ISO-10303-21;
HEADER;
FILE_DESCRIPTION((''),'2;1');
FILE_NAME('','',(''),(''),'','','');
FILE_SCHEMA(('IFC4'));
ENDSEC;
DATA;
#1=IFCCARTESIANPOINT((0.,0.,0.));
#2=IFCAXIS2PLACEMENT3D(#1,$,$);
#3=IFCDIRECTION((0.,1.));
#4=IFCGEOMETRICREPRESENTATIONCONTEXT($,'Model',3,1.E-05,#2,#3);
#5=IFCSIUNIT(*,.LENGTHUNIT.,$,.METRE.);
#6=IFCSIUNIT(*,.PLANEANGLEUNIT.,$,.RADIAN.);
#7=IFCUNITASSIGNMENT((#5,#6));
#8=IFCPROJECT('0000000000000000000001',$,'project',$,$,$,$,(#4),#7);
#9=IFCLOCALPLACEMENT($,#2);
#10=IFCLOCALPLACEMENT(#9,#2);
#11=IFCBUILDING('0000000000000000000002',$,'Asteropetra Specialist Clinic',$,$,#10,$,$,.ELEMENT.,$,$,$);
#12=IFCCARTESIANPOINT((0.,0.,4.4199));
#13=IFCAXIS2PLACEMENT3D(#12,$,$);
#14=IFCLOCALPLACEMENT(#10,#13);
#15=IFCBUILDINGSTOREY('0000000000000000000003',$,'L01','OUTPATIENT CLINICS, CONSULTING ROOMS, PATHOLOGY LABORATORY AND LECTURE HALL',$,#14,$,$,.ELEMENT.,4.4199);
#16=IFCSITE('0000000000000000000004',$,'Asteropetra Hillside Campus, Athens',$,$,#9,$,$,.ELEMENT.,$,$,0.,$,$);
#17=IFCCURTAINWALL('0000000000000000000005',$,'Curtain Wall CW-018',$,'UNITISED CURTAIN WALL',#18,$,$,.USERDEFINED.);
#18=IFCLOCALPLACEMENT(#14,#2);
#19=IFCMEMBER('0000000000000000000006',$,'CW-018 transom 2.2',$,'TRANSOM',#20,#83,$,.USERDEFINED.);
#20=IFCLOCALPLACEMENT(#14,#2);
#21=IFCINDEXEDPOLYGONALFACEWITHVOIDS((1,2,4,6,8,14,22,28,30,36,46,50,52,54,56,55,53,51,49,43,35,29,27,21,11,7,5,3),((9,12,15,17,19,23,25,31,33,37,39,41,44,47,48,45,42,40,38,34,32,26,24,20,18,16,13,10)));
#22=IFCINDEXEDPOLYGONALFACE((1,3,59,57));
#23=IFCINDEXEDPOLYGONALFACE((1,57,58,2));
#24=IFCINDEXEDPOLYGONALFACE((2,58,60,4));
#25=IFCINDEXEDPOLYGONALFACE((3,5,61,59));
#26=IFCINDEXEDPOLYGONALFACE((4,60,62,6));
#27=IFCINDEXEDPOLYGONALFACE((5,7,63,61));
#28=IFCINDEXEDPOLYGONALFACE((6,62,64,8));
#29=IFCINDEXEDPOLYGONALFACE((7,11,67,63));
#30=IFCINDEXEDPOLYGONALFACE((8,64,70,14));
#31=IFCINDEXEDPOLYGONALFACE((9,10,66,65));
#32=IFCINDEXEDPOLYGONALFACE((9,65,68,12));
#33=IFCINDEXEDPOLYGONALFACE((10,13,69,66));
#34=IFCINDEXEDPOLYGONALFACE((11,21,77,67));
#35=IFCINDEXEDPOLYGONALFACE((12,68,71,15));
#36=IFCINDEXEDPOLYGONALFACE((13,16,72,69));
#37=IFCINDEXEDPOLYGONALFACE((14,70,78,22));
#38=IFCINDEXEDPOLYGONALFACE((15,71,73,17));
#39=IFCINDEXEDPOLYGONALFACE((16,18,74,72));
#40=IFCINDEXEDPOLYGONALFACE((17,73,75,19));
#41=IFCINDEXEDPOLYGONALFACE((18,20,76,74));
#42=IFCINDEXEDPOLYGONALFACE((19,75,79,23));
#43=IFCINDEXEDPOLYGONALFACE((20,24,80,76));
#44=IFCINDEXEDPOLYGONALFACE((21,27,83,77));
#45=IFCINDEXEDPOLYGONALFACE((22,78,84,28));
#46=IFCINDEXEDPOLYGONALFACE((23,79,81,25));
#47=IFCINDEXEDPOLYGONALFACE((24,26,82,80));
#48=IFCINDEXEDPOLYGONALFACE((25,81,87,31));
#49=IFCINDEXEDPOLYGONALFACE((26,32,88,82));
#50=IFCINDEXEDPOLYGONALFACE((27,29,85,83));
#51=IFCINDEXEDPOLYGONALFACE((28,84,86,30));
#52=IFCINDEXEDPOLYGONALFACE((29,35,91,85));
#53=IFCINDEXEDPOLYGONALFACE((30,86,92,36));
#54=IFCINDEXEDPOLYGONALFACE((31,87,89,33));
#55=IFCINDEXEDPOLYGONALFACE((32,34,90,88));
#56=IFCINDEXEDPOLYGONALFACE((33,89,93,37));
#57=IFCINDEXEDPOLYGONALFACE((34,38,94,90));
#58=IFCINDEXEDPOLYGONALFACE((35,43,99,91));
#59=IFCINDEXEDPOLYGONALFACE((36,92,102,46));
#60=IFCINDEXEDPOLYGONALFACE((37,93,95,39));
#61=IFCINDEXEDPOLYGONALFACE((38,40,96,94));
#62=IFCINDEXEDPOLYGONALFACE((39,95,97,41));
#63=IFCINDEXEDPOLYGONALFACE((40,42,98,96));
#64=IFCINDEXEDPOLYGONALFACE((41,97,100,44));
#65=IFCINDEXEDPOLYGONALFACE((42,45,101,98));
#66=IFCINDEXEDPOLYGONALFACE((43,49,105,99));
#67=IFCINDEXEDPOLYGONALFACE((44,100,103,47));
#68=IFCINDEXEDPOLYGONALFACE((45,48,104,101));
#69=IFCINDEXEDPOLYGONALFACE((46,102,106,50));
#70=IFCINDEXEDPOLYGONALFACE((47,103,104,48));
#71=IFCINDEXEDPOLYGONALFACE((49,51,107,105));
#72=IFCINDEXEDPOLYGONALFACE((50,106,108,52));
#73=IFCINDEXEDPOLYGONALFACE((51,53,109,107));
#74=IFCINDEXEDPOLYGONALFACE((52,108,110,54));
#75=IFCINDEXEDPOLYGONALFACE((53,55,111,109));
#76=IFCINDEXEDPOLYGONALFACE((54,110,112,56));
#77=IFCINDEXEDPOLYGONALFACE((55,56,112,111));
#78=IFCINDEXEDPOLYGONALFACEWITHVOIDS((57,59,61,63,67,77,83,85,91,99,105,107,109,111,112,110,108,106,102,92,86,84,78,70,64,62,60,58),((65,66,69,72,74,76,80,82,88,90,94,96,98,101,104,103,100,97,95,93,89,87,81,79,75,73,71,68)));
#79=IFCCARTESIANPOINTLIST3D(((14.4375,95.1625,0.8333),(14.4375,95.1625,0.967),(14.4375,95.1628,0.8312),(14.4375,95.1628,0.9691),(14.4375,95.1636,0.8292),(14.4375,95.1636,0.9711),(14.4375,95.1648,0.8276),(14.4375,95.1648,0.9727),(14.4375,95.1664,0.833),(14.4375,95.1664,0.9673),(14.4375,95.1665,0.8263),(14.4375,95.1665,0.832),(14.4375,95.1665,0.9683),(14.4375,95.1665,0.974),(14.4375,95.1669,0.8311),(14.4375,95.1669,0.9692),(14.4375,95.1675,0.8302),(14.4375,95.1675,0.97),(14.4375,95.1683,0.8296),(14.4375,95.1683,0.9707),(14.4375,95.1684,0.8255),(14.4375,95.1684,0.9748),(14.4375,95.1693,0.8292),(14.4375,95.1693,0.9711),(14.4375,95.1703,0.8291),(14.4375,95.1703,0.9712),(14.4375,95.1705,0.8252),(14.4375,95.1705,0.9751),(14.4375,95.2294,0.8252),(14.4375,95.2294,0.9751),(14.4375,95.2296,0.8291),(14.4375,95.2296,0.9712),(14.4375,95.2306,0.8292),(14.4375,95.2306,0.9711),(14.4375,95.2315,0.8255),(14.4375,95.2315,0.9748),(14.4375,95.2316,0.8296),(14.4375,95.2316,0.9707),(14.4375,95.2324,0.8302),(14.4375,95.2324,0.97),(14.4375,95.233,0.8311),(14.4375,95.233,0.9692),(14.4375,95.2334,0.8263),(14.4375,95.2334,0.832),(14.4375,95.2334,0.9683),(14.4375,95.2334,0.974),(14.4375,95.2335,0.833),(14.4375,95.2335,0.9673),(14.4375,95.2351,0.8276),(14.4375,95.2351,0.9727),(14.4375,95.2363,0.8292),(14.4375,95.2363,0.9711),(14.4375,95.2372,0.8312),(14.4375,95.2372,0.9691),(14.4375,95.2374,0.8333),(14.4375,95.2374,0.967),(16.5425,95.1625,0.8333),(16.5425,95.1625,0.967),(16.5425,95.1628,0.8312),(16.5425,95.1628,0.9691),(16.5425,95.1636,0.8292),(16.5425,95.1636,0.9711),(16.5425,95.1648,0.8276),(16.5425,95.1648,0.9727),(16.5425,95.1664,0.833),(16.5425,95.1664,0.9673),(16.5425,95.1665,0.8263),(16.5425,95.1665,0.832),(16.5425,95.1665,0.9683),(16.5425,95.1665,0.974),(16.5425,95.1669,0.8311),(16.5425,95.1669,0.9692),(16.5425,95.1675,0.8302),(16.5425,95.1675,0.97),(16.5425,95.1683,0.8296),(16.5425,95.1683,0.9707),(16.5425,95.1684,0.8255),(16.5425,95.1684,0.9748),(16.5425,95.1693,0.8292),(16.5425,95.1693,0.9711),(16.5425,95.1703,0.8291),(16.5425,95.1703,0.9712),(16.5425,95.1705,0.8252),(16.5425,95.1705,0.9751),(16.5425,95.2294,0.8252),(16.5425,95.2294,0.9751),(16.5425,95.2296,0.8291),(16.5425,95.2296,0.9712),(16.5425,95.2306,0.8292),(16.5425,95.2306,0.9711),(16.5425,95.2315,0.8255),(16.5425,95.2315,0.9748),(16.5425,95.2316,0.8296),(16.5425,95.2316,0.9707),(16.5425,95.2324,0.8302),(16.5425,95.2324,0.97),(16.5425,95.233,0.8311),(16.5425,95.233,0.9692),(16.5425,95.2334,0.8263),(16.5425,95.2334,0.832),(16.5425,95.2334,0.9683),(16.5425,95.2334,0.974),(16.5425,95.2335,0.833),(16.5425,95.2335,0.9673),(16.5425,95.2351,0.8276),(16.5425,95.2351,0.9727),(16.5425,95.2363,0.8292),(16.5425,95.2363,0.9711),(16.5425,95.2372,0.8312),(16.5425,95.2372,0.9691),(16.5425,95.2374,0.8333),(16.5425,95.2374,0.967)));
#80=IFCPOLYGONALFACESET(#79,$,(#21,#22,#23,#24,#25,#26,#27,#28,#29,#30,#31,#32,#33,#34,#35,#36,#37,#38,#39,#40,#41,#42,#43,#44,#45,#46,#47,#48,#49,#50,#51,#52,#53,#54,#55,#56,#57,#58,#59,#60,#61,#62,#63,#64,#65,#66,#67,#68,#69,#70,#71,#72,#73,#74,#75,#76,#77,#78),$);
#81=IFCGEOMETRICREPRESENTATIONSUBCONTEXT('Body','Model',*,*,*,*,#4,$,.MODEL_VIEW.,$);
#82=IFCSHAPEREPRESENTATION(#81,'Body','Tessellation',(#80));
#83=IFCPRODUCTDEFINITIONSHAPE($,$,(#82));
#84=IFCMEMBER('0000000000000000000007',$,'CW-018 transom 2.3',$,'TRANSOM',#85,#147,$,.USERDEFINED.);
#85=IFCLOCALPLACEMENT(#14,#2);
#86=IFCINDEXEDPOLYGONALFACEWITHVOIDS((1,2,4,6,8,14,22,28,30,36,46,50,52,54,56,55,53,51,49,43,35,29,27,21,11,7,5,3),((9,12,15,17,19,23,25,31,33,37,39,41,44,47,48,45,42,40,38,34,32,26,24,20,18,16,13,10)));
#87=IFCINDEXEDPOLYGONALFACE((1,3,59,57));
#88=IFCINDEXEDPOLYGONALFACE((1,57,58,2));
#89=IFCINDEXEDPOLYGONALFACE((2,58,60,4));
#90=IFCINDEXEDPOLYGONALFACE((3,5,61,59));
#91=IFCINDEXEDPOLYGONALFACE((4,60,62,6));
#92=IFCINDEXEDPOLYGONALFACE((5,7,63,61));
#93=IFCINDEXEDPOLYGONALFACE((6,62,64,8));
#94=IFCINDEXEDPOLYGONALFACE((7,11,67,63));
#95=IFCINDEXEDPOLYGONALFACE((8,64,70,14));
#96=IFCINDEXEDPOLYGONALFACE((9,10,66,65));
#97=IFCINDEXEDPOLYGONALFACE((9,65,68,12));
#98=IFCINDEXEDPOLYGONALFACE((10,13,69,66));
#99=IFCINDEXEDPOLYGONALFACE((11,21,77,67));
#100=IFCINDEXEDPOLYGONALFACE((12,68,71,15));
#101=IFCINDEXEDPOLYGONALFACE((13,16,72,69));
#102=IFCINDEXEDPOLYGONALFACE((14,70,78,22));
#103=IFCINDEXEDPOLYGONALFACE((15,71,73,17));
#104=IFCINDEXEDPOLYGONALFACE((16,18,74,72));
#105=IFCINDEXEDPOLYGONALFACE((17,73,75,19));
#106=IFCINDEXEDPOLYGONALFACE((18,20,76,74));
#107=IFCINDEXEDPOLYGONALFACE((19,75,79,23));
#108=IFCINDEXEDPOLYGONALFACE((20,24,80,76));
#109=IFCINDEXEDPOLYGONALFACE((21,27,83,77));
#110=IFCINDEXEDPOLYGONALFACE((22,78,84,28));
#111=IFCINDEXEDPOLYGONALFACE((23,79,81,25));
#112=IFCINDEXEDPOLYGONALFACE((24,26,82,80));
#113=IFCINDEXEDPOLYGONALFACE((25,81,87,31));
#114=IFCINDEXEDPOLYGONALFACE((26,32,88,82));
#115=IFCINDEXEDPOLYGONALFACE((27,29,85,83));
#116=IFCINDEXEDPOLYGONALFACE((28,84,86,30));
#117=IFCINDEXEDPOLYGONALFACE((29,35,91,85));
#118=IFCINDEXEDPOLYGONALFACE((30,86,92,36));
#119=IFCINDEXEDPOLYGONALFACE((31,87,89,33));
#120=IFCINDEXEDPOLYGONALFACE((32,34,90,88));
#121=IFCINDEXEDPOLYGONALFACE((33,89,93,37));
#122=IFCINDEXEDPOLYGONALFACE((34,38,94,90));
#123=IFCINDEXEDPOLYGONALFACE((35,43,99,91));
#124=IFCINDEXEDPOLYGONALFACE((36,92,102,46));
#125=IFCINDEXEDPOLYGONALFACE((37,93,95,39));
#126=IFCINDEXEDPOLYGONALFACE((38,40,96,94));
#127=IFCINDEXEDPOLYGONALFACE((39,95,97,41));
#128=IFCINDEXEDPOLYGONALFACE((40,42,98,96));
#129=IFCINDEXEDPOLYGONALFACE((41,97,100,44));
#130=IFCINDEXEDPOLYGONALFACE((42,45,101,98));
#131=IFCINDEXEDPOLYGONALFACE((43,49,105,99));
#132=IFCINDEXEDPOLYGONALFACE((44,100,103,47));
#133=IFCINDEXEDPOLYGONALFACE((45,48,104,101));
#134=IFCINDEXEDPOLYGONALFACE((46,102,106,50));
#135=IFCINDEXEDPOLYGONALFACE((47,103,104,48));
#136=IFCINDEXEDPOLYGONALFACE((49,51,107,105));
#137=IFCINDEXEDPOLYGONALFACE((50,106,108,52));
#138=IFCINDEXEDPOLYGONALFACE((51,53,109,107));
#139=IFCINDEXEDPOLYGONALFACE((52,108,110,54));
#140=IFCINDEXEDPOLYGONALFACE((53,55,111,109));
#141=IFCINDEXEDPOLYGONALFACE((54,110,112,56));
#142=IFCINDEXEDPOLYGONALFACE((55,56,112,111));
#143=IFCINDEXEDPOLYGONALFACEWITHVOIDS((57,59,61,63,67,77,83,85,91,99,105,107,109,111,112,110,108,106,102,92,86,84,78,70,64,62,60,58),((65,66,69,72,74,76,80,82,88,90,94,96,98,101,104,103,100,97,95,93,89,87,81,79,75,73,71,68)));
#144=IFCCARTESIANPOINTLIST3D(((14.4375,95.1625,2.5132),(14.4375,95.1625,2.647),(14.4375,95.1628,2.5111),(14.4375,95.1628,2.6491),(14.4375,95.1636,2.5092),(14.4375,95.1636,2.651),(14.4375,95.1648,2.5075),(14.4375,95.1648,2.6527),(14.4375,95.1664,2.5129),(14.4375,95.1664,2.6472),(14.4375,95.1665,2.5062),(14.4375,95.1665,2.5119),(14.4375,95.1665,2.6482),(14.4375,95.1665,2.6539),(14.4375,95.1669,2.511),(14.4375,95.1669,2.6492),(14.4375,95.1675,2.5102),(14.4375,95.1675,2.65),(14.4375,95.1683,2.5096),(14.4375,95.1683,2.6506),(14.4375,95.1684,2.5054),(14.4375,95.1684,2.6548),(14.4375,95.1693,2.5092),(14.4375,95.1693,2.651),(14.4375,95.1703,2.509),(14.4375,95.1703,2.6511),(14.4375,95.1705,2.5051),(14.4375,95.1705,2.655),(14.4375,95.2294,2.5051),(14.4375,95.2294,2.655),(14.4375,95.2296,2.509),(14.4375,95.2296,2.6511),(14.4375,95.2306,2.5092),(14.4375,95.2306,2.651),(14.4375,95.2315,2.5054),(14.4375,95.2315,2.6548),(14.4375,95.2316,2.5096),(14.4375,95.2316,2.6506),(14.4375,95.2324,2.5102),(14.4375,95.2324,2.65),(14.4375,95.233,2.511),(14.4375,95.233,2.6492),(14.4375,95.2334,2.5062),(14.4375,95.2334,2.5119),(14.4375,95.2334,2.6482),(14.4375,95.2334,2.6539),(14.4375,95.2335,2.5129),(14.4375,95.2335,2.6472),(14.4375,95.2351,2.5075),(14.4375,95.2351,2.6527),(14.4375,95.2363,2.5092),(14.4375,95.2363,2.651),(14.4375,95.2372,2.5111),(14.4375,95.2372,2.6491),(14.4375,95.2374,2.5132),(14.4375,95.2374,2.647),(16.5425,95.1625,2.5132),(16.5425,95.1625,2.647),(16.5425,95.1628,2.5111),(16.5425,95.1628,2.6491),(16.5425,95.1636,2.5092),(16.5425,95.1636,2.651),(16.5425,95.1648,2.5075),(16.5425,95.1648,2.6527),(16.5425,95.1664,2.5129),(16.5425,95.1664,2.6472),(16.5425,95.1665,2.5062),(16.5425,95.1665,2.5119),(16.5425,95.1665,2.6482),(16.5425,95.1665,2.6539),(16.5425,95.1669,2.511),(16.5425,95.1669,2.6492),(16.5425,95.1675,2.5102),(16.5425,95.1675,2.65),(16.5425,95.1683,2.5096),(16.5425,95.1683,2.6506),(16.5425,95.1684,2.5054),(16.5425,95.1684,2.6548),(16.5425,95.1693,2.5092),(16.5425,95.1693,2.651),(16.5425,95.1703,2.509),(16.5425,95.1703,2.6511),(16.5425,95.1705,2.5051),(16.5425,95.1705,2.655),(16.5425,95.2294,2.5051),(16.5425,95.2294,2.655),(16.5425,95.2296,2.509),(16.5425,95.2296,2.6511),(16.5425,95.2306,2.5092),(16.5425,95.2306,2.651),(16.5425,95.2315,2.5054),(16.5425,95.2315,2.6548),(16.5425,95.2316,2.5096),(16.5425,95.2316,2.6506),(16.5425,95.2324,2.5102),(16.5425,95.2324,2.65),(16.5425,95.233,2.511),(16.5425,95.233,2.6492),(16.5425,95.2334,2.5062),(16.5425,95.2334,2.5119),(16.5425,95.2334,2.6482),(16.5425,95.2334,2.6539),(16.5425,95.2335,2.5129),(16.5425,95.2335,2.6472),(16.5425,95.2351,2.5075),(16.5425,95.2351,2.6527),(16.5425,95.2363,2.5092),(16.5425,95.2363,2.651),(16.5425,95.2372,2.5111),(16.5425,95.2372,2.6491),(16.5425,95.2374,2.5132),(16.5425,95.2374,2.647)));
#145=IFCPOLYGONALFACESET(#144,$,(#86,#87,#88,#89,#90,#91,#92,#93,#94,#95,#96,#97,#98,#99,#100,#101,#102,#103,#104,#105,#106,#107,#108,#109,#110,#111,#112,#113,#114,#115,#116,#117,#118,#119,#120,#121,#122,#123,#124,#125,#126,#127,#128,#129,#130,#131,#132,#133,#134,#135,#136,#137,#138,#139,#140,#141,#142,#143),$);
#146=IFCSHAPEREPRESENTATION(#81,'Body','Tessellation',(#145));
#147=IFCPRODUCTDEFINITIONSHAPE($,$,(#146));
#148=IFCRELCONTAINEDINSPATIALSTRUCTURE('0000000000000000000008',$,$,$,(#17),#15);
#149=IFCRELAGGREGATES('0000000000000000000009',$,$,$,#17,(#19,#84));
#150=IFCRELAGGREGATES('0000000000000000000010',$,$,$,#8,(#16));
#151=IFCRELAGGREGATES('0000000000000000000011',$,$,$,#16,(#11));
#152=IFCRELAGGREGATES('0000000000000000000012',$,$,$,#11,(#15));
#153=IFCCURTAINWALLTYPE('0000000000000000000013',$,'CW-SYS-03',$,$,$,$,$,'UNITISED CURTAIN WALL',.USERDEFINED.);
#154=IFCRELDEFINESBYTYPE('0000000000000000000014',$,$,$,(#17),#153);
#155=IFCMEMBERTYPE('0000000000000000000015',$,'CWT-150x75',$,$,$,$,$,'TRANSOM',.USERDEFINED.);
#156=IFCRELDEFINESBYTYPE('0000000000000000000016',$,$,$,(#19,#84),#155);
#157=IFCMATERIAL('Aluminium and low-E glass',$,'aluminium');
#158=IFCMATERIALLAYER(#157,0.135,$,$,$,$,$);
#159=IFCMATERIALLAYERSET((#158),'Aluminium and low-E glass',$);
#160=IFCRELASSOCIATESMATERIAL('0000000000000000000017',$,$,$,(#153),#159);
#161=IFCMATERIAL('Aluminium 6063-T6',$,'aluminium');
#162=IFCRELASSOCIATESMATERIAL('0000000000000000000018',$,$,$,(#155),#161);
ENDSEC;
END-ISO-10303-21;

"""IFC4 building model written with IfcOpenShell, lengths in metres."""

from ifc_helpers import new_model, si_unit, direction, frame, origin, origin_2d, place, context, subcontext, project, spatial, hollow_rectangle, extrude, material, layer, layer_set, material_profile, profile_set, type_object, element, aggregate, save


model = new_model("IFC4")

# Units and contexts
model_context = context("Model", 3, precision=1e-05, world=origin(), true_north=direction((0.0, 1.0)))
body_context = subcontext(model_context, "Body", "Model", "MODEL_VIEW")
ifc_project = project(units=[si_unit("LENGTHUNIT", "METRE"), si_unit("PLANEANGLEUNIT", "RADIAN")], contexts=[model_context])

# Site, building, storey
site_placement = place(None, origin())
site = spatial("IfcSite", under=ifc_project, at=site_placement, Name="Asteropetra Hillside Campus, Athens", CompositionType="ELEMENT", RefElevation=0.0)
building_placement = place(site_placement, origin())
building = spatial("IfcBuilding", under=site, at=building_placement, Name="Asteropetra Specialist Clinic", CompositionType="ELEMENT")
storey_placement = place(building_placement, frame((0.0, 0.0, 4.4199)))
storey = spatial("IfcBuildingStorey", under=building, at=storey_placement, Name="L01", Description="OUTPATIENT CLINICS, CONSULTING ROOMS, PATHOLOGY LABORATORY AND LECTURE HALL", CompositionType="ELEMENT", Elevation=4.4199)

# Curtain wall, members
ifc_material_1 = material(Name="Aluminium and low-E glass", Category="aluminium")
ifc_layer_1 = layer(ifc_material_1, 0.135)
ifc_layer_set_1 = layer_set([ifc_layer_1], Name="Aluminium and low-E glass")
curtain_wall_type = type_object("IfcCurtainWallType", Name="CW-SYS-03", ElementType="UNITISED CURTAIN WALL", PredefinedType="USERDEFINED", material=ifc_layer_set_1)
curtain_wall_placement = place(storey_placement, origin())
curtain_wall = element("IfcCurtainWall", 1, at=curtain_wall_placement, inside=storey, type_object=curtain_wall_type, Name="Curtain Wall CW-018", ObjectType="UNITISED CURTAIN WALL", PredefinedType="USERDEFINED")
ifc_material_2 = material(Name="Aluminium 6063-T6", Category="aluminium")
ifc_material_profile_1 = material_profile(ifc_material_2, hollow_rectangle(XDim=0.075, YDim=0.1499, WallThickness=0.0039, InnerFilletRadius=0.0039, OuterFilletRadius=0.0081, at=origin_2d()), Name="TRN 150x75x4.0")
ifc_profile_set_1 = profile_set([ifc_material_profile_1], Name="Aluminium 6063-T6")
member_type_1 = type_object("IfcMemberType", Name="CWT-150x75", ElementType="TRANSOM", PredefinedType="USERDEFINED", material=ifc_profile_set_1)
member_1_placement = place(storey_placement, frame((16.5425, 95.2, 0.9001), z_axis=(-1.0, 0.0, 0.0), x_axis=(0.0, -1.0, 0.0)))
member_1 = element("IfcMember", 2, at=member_1_placement, type_object=member_type_1, Name="CW-018 transom 2.2", ObjectType="TRANSOM", PredefinedType="USERDEFINED", context=body_context, shape_type="SweptSolid", body=[
    extrude(hollow_rectangle(XDim=0.075, YDim=0.1499, WallThickness=0.0039, InnerFilletRadius=0.0039, OuterFilletRadius=0.0081, at=origin_2d()), origin(), (0.0, 0.0, 1.0), 2.105),
])
member_2_placement = place(storey_placement, frame((16.5425, 95.2, 2.5801), z_axis=(-1.0, 0.0, 0.0), x_axis=(0.0, -1.0, 0.0)))
member_2 = element("IfcMember", 3, at=member_2_placement, type_object=member_type_1, Name="CW-018 transom 2.3", ObjectType="TRANSOM", PredefinedType="USERDEFINED", context=body_context, shape_type="SweptSolid", body=[
    extrude(hollow_rectangle(XDim=0.075, YDim=0.1499, WallThickness=0.0039, InnerFilletRadius=0.0039, OuterFilletRadius=0.0081, at=origin_2d()), origin(), (0.0, 0.0, 1.0), 2.105),
])
aggregate(curtain_wall, [member_1, member_2])

save(model, "model.ifc")
